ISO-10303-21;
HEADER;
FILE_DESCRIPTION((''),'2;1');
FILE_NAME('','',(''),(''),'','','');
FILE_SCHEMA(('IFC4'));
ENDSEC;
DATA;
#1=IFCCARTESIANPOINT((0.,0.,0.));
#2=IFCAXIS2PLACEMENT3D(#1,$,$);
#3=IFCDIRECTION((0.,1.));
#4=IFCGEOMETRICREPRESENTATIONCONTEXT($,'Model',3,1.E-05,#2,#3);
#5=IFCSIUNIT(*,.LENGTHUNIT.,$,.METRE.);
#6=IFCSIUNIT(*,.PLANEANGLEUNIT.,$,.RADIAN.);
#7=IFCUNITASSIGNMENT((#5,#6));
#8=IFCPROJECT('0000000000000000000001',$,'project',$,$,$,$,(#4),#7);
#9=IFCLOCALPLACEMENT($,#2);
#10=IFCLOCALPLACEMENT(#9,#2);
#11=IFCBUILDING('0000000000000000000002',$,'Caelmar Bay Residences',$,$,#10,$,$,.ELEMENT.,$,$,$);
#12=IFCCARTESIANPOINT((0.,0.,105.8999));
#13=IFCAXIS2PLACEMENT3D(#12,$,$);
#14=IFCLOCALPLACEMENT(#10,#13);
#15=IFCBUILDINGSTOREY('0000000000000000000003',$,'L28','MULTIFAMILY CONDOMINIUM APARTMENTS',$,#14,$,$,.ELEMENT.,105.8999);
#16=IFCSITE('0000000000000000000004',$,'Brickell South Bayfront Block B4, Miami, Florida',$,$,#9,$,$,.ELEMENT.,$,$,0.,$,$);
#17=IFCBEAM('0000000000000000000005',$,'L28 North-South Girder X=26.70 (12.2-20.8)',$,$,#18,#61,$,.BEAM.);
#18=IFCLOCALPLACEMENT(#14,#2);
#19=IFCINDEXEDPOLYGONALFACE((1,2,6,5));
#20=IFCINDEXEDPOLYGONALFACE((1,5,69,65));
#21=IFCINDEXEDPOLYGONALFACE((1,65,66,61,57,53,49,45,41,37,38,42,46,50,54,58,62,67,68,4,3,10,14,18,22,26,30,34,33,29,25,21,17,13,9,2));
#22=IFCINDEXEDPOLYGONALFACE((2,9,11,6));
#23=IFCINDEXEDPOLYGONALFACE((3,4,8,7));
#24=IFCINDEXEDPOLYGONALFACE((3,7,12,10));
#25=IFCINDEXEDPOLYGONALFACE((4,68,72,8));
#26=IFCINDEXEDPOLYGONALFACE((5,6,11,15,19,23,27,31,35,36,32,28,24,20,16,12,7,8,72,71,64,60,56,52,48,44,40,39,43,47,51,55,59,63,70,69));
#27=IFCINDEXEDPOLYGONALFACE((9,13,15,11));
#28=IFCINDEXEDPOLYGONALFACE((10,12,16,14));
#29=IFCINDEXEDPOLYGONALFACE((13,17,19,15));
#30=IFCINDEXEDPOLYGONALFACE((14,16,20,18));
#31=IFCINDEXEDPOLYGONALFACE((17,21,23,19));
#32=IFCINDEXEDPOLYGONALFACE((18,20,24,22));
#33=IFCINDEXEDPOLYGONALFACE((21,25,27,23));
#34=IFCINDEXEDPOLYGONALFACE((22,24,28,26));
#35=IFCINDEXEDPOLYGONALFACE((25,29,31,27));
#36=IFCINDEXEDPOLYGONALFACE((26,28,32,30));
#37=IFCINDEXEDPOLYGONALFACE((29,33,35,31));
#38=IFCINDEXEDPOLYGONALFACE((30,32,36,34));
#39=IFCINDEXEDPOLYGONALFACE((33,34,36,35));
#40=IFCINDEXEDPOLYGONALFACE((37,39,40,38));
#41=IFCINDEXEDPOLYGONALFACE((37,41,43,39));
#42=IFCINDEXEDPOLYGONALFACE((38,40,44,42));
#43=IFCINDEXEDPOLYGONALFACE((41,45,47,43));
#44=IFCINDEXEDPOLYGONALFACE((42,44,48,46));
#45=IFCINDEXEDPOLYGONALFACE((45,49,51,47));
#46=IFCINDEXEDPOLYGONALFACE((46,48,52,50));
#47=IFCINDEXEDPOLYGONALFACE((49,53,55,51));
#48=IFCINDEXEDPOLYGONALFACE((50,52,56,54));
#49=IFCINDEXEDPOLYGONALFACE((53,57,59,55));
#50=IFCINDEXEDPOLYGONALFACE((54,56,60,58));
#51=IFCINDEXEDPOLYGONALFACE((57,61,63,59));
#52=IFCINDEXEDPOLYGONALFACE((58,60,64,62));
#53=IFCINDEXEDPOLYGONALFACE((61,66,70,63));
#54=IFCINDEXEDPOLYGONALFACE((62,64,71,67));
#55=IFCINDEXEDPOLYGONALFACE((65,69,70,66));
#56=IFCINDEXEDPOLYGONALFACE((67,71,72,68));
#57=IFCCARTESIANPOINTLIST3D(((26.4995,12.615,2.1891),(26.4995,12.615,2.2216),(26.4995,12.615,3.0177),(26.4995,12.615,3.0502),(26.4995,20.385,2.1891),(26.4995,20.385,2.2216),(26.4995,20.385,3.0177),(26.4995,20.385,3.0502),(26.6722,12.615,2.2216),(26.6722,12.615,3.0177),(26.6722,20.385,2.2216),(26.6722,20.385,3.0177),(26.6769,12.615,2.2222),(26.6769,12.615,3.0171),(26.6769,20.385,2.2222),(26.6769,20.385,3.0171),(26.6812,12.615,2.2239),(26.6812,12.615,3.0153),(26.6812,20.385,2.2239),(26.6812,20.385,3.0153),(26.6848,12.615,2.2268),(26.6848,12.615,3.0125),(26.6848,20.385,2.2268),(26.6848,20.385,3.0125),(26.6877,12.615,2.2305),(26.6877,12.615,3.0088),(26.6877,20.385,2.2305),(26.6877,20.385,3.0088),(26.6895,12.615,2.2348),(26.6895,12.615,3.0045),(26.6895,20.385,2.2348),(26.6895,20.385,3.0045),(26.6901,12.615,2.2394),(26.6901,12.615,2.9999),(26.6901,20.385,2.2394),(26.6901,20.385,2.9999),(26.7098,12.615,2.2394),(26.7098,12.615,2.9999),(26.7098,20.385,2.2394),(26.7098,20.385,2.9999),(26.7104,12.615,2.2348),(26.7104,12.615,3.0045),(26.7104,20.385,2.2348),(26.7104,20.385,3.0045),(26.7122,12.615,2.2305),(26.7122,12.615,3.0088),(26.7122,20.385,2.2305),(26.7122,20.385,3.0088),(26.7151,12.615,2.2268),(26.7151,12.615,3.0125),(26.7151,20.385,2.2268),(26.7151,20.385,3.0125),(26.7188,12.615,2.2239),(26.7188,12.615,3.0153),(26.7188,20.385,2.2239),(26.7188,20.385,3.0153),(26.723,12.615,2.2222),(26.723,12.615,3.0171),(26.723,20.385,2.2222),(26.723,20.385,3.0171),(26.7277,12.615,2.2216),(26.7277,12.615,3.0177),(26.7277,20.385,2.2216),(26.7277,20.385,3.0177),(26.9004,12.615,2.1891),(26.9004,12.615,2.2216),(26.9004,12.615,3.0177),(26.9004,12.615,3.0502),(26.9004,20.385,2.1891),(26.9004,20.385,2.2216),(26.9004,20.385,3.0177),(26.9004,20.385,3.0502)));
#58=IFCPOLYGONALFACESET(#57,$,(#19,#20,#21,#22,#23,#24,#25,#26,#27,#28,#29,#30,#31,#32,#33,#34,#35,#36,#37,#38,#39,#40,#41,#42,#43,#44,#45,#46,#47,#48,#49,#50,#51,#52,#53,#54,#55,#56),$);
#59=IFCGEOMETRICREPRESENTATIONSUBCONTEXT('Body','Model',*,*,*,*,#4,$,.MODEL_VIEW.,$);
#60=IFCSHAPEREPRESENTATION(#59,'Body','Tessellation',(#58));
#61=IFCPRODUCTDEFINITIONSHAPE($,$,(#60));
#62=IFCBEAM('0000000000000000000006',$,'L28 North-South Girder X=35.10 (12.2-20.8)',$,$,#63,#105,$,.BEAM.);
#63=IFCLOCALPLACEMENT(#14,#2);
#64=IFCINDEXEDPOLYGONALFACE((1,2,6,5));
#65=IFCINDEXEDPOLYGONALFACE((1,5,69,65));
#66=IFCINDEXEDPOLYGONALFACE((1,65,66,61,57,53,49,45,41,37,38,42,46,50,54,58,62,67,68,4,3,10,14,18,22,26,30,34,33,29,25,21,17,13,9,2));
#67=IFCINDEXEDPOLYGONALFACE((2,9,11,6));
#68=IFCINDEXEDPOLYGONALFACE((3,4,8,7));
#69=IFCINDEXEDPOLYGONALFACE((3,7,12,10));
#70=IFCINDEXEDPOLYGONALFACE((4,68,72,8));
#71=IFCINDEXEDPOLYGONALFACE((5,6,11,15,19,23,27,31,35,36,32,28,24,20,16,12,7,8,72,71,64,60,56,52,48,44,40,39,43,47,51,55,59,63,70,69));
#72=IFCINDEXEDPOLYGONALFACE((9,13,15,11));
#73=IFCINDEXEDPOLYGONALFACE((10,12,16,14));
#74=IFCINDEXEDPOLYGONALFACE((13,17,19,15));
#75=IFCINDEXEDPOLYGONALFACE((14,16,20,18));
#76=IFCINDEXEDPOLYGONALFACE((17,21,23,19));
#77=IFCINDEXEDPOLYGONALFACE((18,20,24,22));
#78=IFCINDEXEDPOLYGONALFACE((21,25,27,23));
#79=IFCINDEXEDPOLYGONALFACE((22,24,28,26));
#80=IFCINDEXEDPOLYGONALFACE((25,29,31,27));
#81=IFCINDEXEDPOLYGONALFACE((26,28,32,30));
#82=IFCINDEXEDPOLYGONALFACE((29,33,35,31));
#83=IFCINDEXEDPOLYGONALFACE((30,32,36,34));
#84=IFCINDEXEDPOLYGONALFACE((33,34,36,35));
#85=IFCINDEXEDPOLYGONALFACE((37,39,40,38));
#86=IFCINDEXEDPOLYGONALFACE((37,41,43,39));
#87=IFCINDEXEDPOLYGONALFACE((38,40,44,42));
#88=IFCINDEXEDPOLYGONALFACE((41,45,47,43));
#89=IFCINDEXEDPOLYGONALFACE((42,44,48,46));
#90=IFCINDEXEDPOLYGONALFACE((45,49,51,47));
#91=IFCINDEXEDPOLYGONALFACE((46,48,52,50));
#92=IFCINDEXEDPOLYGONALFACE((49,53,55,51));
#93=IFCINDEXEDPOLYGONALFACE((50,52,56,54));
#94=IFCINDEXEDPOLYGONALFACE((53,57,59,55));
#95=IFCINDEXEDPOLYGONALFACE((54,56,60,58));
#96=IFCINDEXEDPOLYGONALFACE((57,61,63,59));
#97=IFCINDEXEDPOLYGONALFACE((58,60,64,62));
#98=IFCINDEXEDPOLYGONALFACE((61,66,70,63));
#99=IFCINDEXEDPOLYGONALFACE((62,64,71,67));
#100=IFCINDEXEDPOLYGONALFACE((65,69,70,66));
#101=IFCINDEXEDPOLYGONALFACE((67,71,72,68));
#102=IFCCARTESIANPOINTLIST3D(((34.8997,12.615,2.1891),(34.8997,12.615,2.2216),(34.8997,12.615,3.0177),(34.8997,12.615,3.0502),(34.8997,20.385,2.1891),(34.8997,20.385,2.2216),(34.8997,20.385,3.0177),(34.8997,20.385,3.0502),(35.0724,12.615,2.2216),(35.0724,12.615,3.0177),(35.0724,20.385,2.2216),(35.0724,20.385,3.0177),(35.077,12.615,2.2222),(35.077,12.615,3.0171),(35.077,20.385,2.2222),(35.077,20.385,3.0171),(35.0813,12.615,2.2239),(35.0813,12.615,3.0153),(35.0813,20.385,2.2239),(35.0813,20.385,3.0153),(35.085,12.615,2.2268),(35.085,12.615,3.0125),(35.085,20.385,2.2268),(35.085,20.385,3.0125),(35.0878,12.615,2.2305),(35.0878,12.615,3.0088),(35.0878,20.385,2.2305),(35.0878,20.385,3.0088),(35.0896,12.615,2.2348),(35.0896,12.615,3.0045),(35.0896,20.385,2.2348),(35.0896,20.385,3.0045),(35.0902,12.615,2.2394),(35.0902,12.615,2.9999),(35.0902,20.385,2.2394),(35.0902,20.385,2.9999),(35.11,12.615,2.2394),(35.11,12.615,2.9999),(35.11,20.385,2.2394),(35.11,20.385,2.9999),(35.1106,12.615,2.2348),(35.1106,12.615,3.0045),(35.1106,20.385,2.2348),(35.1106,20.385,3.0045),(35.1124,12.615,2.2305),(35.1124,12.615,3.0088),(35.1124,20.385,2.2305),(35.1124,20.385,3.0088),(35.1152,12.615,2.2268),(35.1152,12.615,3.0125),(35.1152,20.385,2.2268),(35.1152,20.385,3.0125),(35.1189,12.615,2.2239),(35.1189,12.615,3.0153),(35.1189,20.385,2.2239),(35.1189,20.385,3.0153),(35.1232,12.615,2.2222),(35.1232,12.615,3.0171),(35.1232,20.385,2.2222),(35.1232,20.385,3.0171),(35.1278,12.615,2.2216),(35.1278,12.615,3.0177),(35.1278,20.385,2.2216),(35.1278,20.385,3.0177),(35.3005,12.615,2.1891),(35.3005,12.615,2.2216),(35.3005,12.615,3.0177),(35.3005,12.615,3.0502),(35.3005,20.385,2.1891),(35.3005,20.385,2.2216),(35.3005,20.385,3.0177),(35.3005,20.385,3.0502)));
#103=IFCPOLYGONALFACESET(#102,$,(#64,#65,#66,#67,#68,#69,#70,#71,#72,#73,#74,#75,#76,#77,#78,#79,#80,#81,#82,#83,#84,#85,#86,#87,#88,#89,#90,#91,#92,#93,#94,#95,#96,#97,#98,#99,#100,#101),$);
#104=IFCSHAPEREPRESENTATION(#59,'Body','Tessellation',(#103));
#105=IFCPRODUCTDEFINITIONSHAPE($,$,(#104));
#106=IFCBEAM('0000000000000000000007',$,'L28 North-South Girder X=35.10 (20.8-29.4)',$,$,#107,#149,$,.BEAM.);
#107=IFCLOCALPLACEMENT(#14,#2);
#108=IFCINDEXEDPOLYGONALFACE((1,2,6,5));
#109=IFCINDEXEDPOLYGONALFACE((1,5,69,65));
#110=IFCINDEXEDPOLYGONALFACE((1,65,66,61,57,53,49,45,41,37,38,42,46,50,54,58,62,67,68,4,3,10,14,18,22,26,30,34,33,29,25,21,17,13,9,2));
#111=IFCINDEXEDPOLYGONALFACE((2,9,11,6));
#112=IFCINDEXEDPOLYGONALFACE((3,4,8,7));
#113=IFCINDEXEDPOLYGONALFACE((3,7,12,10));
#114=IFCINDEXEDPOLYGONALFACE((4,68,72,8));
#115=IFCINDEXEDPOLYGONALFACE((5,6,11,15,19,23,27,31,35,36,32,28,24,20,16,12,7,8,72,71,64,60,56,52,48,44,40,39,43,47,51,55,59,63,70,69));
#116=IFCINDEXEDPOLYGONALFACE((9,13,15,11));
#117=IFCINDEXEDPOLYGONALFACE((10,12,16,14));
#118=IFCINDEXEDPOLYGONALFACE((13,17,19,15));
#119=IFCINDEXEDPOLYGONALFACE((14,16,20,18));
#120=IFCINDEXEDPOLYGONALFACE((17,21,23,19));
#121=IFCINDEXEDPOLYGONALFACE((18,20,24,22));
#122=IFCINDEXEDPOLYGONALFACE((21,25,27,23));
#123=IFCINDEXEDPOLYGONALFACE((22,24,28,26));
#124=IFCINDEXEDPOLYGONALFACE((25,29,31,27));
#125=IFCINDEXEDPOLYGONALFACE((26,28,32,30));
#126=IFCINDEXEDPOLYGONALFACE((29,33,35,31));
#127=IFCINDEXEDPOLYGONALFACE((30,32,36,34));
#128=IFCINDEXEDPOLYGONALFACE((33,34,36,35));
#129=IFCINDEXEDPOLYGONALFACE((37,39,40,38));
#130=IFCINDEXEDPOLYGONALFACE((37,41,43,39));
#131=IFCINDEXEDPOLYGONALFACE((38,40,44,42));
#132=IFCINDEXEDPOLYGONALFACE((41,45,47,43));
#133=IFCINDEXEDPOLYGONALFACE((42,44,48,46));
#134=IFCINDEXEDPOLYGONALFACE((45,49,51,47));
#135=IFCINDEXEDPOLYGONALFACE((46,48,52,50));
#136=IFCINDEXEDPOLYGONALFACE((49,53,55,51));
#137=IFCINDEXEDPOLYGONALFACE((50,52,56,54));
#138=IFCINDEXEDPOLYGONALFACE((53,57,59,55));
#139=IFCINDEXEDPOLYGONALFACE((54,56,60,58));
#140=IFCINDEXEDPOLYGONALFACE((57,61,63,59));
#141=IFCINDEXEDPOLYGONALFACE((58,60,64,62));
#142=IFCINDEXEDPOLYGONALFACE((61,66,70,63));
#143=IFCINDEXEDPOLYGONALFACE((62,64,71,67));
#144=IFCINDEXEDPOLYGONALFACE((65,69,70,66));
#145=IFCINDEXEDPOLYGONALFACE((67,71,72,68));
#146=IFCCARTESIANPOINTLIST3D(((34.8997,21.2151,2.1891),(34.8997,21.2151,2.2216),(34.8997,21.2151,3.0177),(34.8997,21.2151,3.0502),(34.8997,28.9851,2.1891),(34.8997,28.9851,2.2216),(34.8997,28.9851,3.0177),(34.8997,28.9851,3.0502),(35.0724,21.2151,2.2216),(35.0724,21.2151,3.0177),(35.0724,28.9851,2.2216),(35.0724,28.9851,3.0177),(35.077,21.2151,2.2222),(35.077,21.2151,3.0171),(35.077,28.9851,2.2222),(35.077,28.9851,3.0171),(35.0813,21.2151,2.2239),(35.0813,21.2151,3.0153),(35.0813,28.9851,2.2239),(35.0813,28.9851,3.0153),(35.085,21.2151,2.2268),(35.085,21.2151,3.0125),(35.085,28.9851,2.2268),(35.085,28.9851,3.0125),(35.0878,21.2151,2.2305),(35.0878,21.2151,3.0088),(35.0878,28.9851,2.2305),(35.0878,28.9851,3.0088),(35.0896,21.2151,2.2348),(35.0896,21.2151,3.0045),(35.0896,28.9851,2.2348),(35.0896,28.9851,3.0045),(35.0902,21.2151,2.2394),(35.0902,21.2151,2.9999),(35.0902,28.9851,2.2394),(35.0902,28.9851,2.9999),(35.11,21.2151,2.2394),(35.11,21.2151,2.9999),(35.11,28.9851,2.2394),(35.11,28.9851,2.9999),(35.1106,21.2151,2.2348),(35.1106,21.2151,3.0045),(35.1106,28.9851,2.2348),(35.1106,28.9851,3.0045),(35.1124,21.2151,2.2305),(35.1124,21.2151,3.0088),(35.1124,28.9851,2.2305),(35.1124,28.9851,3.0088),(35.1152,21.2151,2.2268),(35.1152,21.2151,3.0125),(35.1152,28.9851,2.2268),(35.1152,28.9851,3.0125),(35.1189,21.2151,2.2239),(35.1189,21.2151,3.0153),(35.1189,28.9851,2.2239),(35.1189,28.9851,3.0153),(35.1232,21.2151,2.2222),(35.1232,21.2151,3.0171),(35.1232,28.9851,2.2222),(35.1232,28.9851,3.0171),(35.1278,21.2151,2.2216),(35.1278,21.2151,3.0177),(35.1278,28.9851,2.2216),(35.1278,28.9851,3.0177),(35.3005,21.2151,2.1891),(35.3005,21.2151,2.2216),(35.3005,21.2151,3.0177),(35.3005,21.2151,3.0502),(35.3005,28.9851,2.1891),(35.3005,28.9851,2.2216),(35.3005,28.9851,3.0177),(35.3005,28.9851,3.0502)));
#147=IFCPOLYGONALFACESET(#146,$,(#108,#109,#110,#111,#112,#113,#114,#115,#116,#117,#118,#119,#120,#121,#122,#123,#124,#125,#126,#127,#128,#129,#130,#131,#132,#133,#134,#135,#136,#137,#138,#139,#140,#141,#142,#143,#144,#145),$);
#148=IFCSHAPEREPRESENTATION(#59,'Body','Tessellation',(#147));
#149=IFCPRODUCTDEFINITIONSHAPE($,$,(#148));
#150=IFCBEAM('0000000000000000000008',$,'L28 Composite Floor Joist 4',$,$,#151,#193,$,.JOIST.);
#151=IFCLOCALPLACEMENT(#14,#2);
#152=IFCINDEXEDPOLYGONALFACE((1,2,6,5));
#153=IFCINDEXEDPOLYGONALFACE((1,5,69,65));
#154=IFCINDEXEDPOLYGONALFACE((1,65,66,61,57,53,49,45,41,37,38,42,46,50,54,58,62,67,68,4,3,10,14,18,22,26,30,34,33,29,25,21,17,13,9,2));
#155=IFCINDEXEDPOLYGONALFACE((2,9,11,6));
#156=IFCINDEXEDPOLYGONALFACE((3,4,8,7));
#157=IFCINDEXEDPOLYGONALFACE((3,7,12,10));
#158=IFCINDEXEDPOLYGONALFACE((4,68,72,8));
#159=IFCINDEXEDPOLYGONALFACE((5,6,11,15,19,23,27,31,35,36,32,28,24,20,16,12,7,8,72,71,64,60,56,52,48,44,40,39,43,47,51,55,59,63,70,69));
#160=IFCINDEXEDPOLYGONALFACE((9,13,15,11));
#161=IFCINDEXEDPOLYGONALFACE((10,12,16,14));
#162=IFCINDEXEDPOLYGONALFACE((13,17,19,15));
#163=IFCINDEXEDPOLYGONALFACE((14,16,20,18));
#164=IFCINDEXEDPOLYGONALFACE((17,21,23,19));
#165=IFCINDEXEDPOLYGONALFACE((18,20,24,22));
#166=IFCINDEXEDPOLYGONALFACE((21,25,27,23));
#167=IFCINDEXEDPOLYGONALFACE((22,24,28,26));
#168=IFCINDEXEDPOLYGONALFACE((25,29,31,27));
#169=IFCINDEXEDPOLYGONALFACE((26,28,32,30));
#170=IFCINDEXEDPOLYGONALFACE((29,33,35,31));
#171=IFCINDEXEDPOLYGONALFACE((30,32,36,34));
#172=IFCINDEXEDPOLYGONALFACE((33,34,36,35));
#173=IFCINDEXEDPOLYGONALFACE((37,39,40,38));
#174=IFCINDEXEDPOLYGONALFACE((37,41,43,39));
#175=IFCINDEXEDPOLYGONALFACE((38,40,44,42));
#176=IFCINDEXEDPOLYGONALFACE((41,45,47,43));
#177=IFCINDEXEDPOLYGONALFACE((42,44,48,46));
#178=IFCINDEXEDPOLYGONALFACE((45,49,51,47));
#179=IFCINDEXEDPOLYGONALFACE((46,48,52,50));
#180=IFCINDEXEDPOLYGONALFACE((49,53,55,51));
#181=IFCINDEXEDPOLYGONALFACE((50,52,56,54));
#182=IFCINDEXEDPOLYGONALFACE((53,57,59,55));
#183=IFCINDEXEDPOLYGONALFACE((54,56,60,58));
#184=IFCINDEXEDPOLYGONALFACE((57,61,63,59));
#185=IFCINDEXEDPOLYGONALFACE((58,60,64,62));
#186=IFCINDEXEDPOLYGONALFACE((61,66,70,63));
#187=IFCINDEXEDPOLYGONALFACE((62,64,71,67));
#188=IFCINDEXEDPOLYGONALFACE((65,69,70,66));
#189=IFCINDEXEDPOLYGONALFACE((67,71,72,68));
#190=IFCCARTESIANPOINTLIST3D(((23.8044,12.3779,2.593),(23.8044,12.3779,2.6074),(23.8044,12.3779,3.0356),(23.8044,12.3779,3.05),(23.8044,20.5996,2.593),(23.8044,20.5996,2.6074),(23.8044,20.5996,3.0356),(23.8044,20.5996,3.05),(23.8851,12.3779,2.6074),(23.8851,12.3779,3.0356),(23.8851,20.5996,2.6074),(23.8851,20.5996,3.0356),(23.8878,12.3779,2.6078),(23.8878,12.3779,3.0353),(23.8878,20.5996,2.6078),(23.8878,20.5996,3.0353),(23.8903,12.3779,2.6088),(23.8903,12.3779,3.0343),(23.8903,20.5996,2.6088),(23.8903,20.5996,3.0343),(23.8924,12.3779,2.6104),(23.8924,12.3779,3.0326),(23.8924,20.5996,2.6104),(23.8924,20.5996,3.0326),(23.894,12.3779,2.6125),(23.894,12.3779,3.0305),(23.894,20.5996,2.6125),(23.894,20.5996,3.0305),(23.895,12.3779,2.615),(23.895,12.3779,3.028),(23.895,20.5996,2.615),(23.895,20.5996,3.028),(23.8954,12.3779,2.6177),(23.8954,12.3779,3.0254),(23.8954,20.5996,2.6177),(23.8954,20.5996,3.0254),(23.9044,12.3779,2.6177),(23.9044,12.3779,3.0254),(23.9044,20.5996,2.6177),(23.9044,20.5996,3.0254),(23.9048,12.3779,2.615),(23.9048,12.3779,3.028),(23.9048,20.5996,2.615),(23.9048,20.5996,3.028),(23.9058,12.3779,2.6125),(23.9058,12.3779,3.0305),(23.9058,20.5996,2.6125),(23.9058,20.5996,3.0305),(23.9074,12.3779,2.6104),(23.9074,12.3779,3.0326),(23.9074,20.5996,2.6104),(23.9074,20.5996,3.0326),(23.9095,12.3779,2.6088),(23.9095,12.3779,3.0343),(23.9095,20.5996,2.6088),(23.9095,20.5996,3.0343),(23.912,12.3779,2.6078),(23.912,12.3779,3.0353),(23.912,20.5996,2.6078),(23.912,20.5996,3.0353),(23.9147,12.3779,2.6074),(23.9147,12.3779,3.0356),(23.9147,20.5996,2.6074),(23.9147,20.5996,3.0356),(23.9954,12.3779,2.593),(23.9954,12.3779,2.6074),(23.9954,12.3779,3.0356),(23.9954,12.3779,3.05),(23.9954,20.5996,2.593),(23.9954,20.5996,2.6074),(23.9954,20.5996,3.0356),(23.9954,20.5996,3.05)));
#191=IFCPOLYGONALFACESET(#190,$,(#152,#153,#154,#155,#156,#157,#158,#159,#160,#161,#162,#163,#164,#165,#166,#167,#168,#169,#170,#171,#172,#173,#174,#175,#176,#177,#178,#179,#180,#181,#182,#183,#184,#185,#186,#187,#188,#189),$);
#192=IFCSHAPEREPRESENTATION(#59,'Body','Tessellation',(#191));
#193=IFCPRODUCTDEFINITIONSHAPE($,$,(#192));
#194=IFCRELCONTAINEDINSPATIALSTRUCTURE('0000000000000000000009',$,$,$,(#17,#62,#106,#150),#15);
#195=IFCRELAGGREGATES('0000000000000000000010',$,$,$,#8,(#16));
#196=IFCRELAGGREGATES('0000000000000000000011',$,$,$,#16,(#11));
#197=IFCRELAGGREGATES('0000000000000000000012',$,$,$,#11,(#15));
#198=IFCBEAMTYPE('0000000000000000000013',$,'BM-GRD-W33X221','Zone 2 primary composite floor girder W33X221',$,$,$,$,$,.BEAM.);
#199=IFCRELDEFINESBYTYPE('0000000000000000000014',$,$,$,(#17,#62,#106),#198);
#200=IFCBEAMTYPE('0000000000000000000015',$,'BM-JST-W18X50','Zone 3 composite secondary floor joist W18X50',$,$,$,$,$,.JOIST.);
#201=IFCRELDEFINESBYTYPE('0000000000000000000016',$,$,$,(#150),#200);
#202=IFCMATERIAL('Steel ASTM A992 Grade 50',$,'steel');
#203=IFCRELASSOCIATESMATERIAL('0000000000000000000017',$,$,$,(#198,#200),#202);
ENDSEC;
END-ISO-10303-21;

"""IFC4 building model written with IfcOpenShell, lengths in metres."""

from ifc_helpers import new_model, si_unit, direction, frame, origin, origin_2d, place, context, subcontext, project, spatial, i_section, extrude, material, material_profile, profile_set, type_object, element, save


model = new_model("IFC4")

# Units and contexts
model_context = context("Model", 3, precision=1e-05, world=origin(), true_north=direction((0.0, 1.0)))
body_context = subcontext(model_context, "Body", "Model", "MODEL_VIEW")
ifc_project = project(units=[si_unit("LENGTHUNIT", "METRE"), si_unit("PLANEANGLEUNIT", "RADIAN")], contexts=[model_context])

# Site, building, storey
site_placement = place(None, origin())
site = spatial("IfcSite", under=ifc_project, at=site_placement, Name="Brickell South Bayfront Block B4, Miami, Florida", CompositionType="ELEMENT", RefElevation=0.0)
building_placement = place(site_placement, origin())
building = spatial("IfcBuilding", under=site, at=building_placement, Name="Caelmar Bay Residences", CompositionType="ELEMENT")
storey_placement = place(building_placement, frame((0.0, 0.0, 105.8999)))
storey = spatial("IfcBuildingStorey", under=building, at=storey_placement, Name="L28", Description="MULTIFAMILY CONDOMINIUM APARTMENTS", CompositionType="ELEMENT", Elevation=105.8999)

# Beams
ifc_material_1 = material(Name="Steel ASTM A992 Grade 50", Category="steel")
ifc_material_profile_1 = material_profile(ifc_material_1, i_section(OverallWidth=0.4009, OverallDepth=0.8611, WebThickness=0.0198, FlangeThickness=0.0325, FilletRadius=0.0178, at=origin_2d()), Name="W33X221")
ifc_profile_set_1 = profile_set([ifc_material_profile_1], Name="Steel ASTM A992 Grade 50")
beam_type_1 = type_object("IfcBeamType", Name="BM-GRD-W33X221", Description="Zone 2 primary composite floor girder W33X221", PredefinedType="BEAM", material=ifc_profile_set_1)
for number, where, z_axis, x_axis, name in (
    (1, (26.7, 12.615, 2.6196), (0.0, 1.0, 0.0), (-1.0, 0.0, 0.0), "L28 North-South Girder X=26.70 (12.2-20.8)"),
    (2, (35.1001, 12.615, 2.6196), (0.0, 1.0, 0.0), (-1.0, 0.0, 0.0), "L28 North-South Girder X=35.10 (12.2-20.8)"),
    (3, (35.1001, 21.2151, 2.6196), (0.0, 1.0, 0.0), (-1.0, 0.0, 0.0), "L28 North-South Girder X=35.10 (20.8-29.4)"),
):
    element("IfcBeam", number, at=place(storey_placement, frame(where, z_axis=z_axis, x_axis=x_axis)), inside=storey, type_object=beam_type_1, Name=name, PredefinedType="BEAM", context=body_context, shape_type="SweptSolid", body=[
        extrude(i_section(OverallWidth=0.4009, OverallDepth=0.8611, WebThickness=0.0198, FlangeThickness=0.0325, FilletRadius=0.0178, at=origin_2d()), origin(), (0.0, 0.0, 1.0), 7.77),
    ])
ifc_material_profile_2 = material_profile(ifc_material_1, i_section(OverallWidth=0.1909, OverallDepth=0.457, WebThickness=0.009, FlangeThickness=0.0144, FilletRadius=0.0103, at=origin_2d()), Name="W18X50")
ifc_profile_set_2 = profile_set([ifc_material_profile_2], Name="Steel ASTM A992 Grade 50")
beam_type_2 = type_object("IfcBeamType", Name="BM-JST-W18X50", Description="Zone 3 composite secondary floor joist W18X50", PredefinedType="JOIST", material=ifc_profile_set_2)
for number, where, z_axis, x_axis, name in (
    (4, (23.8999, 12.3779, 2.8215), (0.0, 1.0, 0.0), (-1.0, 0.0, 0.0), "L28 Composite Floor Joist 4"),
):
    element("IfcBeam", number, at=place(storey_placement, frame(where, z_axis=z_axis, x_axis=x_axis)), inside=storey, type_object=beam_type_2, Name=name, PredefinedType="JOIST", context=body_context, shape_type="SweptSolid", body=[
        extrude(i_section(OverallWidth=0.1909, OverallDepth=0.457, WebThickness=0.009, FlangeThickness=0.0144, FilletRadius=0.0103, at=origin_2d()), origin(), (0.0, 0.0, 1.0), 8.2217),
    ])

save(model, "model.ifc")
